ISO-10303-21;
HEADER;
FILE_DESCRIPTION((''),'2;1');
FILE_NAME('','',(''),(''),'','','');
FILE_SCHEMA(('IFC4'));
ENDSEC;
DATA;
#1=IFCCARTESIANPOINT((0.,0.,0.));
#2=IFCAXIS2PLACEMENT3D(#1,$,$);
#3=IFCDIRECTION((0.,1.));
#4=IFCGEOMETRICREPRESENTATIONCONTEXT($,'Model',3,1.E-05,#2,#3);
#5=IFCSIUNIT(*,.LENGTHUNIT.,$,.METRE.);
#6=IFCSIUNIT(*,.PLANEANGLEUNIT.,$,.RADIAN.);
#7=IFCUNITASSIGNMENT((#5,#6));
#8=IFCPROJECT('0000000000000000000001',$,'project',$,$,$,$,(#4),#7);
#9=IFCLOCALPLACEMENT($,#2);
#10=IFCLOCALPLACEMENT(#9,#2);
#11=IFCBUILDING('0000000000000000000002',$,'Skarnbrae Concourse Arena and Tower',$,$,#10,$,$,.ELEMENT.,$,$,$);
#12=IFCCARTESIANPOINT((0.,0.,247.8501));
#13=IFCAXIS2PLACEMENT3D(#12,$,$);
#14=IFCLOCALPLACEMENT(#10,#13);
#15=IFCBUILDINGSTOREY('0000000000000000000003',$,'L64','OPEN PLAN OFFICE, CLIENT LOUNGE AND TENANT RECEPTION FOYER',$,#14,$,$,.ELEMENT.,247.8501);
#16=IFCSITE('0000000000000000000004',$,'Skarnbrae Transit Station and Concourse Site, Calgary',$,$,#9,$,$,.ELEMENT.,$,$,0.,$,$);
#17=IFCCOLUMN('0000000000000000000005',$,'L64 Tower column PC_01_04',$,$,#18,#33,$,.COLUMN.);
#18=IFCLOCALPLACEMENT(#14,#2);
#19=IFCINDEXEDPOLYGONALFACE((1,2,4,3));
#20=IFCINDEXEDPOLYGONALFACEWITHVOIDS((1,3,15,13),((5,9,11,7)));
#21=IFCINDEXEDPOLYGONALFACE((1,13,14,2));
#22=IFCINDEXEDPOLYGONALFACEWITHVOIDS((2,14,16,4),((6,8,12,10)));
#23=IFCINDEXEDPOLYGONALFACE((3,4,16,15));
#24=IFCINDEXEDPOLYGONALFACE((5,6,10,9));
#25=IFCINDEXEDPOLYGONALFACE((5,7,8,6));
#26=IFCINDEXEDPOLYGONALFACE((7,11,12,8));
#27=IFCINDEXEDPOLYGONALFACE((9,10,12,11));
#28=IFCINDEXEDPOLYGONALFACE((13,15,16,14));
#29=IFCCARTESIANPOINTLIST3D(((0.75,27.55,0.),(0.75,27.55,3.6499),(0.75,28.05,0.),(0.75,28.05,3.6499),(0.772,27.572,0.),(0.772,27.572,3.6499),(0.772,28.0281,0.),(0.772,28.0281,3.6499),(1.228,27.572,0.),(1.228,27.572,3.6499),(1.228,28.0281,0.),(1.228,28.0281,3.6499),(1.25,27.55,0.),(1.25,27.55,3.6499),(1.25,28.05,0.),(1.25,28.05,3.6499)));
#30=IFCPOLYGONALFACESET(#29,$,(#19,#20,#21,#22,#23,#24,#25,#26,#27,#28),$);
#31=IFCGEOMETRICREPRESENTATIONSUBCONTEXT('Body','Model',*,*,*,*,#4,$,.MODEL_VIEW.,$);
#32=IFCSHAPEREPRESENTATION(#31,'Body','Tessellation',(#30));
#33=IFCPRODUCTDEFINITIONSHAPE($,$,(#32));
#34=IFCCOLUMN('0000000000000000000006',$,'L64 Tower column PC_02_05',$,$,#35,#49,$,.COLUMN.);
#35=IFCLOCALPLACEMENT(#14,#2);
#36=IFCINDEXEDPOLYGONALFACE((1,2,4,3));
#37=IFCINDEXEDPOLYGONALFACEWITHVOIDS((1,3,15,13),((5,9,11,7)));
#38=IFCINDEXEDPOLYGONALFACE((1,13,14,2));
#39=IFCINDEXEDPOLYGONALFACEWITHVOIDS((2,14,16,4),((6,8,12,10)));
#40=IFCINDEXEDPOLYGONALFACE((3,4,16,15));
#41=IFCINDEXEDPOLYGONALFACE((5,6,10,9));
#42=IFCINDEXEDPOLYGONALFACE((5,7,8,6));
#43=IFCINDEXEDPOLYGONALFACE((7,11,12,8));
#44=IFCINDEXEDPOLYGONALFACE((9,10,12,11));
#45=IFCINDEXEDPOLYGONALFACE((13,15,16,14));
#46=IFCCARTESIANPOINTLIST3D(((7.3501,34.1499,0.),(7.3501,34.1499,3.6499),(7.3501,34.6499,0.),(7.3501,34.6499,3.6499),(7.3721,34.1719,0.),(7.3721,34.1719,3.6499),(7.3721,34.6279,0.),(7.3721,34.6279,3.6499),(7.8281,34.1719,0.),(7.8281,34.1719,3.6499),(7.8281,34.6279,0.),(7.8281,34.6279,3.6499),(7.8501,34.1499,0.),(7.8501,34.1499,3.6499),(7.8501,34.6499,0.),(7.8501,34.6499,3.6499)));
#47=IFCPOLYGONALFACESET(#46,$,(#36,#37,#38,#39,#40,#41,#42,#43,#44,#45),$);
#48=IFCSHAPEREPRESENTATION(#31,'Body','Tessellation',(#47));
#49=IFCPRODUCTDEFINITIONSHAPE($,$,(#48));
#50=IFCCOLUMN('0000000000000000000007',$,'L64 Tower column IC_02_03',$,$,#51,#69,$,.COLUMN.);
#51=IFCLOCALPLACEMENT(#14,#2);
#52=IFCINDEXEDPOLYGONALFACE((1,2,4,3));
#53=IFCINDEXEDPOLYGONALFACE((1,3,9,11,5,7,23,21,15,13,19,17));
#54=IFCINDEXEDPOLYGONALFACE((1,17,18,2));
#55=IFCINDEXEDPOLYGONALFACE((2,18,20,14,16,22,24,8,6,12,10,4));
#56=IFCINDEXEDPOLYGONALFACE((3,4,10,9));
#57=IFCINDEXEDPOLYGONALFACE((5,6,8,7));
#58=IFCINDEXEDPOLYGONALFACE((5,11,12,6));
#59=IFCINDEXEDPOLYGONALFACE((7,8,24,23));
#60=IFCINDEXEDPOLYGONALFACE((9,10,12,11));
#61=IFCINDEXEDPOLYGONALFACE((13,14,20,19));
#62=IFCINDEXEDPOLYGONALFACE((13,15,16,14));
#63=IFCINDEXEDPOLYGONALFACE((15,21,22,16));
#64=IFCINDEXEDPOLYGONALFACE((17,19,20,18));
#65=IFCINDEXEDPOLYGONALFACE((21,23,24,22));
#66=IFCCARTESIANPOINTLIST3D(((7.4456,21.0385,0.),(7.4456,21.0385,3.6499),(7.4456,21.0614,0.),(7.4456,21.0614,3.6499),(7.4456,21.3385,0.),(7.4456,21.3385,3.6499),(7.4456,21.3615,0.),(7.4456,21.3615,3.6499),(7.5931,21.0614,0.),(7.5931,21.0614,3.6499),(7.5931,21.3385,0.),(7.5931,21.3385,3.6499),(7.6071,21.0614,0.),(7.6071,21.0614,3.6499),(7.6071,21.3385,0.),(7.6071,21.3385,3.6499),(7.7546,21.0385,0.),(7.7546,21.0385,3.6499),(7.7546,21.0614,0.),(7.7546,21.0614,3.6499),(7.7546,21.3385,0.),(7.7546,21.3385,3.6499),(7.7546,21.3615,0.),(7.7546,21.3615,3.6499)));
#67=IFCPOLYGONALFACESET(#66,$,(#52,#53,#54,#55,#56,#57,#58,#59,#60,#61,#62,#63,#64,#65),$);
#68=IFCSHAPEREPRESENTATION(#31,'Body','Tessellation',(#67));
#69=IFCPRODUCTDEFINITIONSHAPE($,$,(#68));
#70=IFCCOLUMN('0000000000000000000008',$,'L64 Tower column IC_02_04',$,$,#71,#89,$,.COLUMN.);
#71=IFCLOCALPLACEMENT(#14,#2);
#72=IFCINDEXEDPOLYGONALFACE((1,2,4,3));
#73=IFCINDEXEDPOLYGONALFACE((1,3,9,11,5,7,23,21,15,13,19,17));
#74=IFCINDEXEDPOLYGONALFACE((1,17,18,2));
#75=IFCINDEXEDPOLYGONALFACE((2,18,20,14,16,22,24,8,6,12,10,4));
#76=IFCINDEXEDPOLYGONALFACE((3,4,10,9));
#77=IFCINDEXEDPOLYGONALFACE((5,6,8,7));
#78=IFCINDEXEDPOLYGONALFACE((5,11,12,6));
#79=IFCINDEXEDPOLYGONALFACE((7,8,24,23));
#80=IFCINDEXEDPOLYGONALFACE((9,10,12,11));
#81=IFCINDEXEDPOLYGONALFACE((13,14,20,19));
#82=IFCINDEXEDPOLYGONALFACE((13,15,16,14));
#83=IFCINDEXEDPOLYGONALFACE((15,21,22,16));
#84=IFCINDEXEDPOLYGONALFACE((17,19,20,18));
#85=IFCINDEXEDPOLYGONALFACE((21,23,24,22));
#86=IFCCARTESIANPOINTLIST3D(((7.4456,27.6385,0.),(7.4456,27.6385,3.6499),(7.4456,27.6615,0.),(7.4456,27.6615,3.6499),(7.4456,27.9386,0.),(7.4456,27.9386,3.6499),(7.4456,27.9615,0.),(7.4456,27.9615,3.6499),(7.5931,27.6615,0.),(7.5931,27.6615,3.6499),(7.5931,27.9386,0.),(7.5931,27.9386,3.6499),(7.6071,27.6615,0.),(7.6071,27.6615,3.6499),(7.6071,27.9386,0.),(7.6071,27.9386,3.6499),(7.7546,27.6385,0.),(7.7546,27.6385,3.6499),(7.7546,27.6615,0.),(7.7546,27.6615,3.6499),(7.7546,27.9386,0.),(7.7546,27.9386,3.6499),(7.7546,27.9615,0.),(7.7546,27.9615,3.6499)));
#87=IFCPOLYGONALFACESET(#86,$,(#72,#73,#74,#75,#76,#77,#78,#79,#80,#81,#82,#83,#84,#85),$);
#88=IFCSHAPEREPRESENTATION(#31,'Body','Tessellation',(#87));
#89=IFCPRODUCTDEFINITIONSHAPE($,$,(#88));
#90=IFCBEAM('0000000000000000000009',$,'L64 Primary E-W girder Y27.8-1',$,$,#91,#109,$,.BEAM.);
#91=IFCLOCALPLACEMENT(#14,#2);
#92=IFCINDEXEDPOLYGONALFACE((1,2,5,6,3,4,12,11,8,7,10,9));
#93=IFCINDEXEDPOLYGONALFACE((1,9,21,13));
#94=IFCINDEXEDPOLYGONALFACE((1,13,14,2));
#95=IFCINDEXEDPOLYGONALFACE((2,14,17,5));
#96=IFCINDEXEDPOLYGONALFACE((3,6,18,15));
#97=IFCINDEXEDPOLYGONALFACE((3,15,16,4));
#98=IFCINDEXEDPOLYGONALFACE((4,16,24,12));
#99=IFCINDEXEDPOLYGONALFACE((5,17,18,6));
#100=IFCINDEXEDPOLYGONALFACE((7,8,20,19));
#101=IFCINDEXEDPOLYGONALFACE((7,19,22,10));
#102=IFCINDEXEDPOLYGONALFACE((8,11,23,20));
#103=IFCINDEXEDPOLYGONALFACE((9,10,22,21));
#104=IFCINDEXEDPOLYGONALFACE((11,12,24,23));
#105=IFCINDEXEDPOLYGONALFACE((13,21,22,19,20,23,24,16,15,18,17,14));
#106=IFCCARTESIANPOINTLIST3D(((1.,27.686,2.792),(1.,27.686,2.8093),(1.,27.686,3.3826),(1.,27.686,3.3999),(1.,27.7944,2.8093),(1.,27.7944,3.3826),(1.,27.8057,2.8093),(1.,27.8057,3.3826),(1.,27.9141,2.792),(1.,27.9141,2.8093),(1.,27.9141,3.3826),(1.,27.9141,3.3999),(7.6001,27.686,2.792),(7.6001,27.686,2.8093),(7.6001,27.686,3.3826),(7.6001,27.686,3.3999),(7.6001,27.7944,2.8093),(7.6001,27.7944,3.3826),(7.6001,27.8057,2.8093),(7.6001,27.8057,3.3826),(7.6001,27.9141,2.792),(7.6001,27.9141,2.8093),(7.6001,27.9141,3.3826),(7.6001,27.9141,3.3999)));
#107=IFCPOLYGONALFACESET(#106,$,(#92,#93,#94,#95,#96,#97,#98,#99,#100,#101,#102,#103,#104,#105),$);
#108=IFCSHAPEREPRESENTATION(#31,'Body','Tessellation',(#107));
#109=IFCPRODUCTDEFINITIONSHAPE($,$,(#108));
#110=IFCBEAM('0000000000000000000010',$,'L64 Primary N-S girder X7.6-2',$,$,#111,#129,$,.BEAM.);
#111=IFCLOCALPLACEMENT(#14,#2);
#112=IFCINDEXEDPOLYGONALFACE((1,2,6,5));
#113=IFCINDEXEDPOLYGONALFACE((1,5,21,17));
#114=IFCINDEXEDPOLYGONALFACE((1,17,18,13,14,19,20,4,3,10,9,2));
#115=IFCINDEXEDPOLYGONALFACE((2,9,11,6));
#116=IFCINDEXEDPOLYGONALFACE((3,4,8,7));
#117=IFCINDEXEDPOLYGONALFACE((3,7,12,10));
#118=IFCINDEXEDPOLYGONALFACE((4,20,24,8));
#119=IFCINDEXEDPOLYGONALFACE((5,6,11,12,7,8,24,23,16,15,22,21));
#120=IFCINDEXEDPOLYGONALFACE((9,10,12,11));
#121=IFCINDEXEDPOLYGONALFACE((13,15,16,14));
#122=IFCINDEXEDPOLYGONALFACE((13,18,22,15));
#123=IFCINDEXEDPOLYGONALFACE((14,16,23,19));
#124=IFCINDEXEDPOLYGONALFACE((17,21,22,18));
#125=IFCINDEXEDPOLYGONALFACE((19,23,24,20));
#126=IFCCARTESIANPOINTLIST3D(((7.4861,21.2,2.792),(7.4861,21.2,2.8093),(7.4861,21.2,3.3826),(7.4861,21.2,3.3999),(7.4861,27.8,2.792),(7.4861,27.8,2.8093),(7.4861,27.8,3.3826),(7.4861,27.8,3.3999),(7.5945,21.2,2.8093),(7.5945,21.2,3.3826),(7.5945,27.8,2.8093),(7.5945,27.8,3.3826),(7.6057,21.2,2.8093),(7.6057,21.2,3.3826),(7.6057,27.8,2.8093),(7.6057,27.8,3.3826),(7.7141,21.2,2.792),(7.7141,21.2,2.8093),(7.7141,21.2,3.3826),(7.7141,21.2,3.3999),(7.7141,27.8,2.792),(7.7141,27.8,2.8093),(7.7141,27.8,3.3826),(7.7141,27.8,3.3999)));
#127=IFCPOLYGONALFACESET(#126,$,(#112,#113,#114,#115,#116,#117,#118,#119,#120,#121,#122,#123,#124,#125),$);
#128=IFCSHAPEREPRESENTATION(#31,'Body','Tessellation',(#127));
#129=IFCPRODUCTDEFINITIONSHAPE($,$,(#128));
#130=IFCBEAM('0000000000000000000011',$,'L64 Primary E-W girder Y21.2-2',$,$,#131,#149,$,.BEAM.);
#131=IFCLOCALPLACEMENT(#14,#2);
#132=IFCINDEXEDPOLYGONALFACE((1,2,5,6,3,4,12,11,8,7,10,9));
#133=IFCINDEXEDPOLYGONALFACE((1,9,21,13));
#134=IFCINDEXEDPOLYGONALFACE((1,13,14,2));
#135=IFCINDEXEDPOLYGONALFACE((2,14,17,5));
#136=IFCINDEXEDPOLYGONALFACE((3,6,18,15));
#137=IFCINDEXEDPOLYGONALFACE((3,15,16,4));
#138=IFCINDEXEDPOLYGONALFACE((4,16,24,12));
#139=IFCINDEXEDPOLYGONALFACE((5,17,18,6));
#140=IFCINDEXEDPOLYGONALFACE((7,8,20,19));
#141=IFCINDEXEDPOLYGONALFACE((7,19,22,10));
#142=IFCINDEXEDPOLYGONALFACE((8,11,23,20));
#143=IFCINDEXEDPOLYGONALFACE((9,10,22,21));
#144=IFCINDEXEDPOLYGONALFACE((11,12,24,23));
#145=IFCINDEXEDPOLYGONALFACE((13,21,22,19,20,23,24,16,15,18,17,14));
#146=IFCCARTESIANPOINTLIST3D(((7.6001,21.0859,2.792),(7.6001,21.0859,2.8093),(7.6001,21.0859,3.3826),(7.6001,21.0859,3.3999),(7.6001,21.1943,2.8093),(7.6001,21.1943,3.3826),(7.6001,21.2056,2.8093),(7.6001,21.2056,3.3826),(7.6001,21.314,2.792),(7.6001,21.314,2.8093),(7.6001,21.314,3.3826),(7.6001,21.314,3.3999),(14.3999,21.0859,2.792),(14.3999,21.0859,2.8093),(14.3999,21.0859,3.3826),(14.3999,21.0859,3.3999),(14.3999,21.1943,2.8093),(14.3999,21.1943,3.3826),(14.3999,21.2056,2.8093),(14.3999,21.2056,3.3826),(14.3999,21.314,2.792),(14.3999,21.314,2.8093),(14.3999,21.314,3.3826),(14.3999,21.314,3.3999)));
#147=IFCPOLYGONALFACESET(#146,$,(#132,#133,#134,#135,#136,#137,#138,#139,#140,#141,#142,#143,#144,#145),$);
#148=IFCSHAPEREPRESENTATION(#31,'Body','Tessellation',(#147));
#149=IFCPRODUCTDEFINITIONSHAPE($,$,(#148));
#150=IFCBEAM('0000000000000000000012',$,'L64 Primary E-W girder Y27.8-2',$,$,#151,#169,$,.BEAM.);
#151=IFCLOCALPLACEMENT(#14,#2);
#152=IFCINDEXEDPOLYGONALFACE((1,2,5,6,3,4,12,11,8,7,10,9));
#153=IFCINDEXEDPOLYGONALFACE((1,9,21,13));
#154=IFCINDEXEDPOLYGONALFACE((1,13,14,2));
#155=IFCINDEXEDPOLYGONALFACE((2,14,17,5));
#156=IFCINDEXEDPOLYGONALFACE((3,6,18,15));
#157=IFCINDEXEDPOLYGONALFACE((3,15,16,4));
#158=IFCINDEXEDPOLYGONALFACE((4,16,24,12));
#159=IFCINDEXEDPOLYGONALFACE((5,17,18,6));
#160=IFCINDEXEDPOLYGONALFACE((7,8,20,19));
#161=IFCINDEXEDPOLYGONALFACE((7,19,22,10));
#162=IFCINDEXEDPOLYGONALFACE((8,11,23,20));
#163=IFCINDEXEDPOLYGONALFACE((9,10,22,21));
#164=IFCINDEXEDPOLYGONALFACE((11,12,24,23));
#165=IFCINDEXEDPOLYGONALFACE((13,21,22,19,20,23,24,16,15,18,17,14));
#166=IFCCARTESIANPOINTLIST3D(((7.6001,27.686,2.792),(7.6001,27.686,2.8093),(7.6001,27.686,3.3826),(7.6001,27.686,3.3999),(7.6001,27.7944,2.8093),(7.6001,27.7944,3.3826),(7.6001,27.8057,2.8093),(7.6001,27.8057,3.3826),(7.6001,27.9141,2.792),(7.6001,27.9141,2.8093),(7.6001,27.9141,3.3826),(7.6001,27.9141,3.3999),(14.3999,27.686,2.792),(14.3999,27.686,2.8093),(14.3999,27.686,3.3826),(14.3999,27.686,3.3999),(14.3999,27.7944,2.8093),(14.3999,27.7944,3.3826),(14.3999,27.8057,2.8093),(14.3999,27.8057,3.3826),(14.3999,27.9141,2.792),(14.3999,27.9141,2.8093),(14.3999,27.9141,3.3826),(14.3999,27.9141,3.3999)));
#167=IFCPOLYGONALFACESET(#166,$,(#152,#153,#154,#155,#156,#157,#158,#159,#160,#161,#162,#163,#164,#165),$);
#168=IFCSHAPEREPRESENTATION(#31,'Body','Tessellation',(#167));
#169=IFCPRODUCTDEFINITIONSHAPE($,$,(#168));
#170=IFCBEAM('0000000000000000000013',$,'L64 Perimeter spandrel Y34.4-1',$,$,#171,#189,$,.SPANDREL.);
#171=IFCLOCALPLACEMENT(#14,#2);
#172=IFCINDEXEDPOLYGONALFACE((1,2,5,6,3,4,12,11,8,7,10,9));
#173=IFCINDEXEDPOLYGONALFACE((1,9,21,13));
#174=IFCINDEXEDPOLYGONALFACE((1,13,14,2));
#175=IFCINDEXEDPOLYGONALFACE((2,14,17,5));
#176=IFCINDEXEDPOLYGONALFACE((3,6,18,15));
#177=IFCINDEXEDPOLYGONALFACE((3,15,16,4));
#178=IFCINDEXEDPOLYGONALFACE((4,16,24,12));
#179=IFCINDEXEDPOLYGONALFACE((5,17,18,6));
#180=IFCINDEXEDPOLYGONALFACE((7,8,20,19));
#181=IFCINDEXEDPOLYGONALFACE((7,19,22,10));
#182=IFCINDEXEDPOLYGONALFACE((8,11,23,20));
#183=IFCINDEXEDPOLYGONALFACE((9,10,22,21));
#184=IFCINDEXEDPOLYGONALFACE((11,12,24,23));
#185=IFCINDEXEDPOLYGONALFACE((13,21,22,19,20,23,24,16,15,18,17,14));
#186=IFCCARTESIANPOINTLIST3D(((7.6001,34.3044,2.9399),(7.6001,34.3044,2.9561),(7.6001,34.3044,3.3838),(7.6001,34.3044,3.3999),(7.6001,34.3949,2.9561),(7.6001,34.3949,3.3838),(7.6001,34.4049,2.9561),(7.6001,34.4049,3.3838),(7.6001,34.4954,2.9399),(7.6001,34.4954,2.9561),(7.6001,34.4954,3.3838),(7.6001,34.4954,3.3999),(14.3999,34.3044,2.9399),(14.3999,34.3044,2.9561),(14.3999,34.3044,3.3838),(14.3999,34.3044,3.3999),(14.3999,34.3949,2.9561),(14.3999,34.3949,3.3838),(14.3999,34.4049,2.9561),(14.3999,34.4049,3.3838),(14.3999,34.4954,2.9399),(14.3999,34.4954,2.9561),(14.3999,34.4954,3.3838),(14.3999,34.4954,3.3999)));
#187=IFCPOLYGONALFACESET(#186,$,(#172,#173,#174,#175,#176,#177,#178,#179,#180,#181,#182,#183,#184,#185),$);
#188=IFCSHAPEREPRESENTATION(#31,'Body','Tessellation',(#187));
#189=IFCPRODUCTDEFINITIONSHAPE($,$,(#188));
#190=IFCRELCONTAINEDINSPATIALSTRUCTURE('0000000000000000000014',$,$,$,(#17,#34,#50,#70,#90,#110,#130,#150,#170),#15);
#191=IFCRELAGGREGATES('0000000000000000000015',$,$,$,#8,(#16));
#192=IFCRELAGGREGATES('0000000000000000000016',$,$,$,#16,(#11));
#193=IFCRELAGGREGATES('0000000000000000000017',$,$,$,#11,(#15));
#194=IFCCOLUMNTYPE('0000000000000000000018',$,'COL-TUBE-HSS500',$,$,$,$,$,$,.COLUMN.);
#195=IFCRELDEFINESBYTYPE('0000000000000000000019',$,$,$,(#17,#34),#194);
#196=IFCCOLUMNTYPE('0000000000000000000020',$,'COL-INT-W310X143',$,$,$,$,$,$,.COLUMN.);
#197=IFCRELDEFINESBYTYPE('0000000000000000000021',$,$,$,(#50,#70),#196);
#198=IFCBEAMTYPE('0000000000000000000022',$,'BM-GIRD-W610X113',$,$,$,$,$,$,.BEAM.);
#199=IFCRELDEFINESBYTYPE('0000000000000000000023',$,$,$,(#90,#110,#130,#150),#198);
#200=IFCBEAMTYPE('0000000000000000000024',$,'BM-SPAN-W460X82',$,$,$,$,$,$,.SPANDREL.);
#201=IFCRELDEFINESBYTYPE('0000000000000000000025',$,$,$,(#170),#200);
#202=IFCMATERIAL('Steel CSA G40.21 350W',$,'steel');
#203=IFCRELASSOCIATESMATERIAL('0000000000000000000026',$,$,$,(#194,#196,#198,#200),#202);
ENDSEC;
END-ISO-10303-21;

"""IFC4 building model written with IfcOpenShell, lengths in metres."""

from ifc_helpers import new_model, si_unit, direction, frame, origin, origin_2d, place, context, subcontext, project, spatial, hollow_rectangle, i_section, extrude, source, transform, mapped, material, material_profile, profile_set, type_object, element, save


model = new_model("IFC4")

# Units and contexts
model_context = context("Model", 3, precision=1e-05, world=origin(), true_north=direction((0.0, 1.0)))
body_context = subcontext(model_context, "Body", "Model", "MODEL_VIEW")
ifc_project = project(units=[si_unit("LENGTHUNIT", "METRE"), si_unit("PLANEANGLEUNIT", "RADIAN")], contexts=[model_context])

# Site, building, storey
site_placement = place(None, origin())
site = spatial("IfcSite", under=ifc_project, at=site_placement, Name="Skarnbrae Transit Station and Concourse Site, Calgary", CompositionType="ELEMENT", RefElevation=0.0)
building_placement = place(site_placement, origin())
building = spatial("IfcBuilding", under=site, at=building_placement, Name="Skarnbrae Concourse Arena and Tower", CompositionType="ELEMENT")
storey_placement = place(building_placement, frame((0.0, 0.0, 247.8501)))
storey = spatial("IfcBuildingStorey", under=building, at=storey_placement, Name="L64", Description="OPEN PLAN OFFICE, CLIENT LOUNGE AND TENANT RECEPTION FOYER", CompositionType="ELEMENT", Elevation=247.8501)

# Columns
ifc_material_1 = material(Name="Steel CSA G40.21 350W", Category="steel")
ifc_material_profile_1 = material_profile(ifc_material_1, hollow_rectangle(XDim=0.5, YDim=0.5, WallThickness=0.022, at=origin_2d()), Name="HSS500X500X22.0")
ifc_profile_set_1 = profile_set([ifc_material_profile_1], Name="Steel CSA G40.21 350W")
column_type_1 = type_object("IfcColumnType", Name="COL-TUBE-HSS500", PredefinedType="COLUMN", material=ifc_profile_set_1)
shared_shape_1 = source(origin(), body_context, "Body", "SweptSolid", [
    extrude(hollow_rectangle(XDim=0.5, YDim=0.5, WallThickness=0.022, at=origin_2d()), origin(), (0.0, 0.0, 1.0), 3.6499),
])
for number, where, z_axis, x_axis, name in (
    (1, (1.0, 27.8, 0.0), (0.0, 0.0, 1.0), (1.0, 0.0, 0.0), "L64 Tower column PC_01_04"),
    (2, (7.6001, 34.3999, 0.0), (0.0, 0.0, 1.0), (1.0, 0.0, 0.0), "L64 Tower column PC_02_05"),
):
    element("IfcColumn", number, at=place(storey_placement, frame(where, z_axis=z_axis, x_axis=x_axis)), inside=storey, type_object=column_type_1, Name=name, PredefinedType="COLUMN", context=body_context, shape_type="MappedRepresentation", body=[
        mapped(shared_shape_1, transform((0.0, 0.0, 0.0))),
    ])
ifc_material_profile_2 = material_profile(ifc_material_1, i_section(OverallWidth=0.3091, OverallDepth=0.323, WebThickness=0.0139, FlangeThickness=0.0229, at=origin_2d()), Name="W310X143")
ifc_profile_set_2 = profile_set([ifc_material_profile_2], Name="Steel CSA G40.21 350W")
column_type_2 = type_object("IfcColumnType", Name="COL-INT-W310X143", PredefinedType="COLUMN", material=ifc_profile_set_2)
shared_shape_2 = source(origin(), body_context, "Body", "SweptSolid", [
    extrude(i_section(OverallWidth=0.3091, OverallDepth=0.323, WebThickness=0.0139, FlangeThickness=0.0229, at=origin_2d()), origin(), (0.0, 0.0, 1.0), 3.6499),
])
for number, where, z_axis, x_axis, name in (
    (3, (7.6001, 21.2, 0.0), (0.0, 0.0, 1.0), (1.0, 0.0, 0.0), "L64 Tower column IC_02_03"),
    (4, (7.6001, 27.8, 0.0), (0.0, 0.0, 1.0), (1.0, 0.0, 0.0), "L64 Tower column IC_02_04"),
):
    element("IfcColumn", number, at=place(storey_placement, frame(where, z_axis=z_axis, x_axis=x_axis)), inside=storey, type_object=column_type_2, Name=name, PredefinedType="COLUMN", context=body_context, shape_type="MappedRepresentation", body=[
        mapped(shared_shape_2, transform((0.0, 0.0, 0.0))),
    ])

# Beams
ifc_material_profile_3 = material_profile(ifc_material_1, i_section(OverallWidth=0.228, OverallDepth=0.6079, WebThickness=0.0112, FlangeThickness=0.0173, at=origin_2d()), Name="W610X113")
ifc_profile_set_3 = profile_set([ifc_material_profile_3], Name="Steel CSA G40.21 350W")
beam_type_1 = type_object("IfcBeamType", Name="BM-GIRD-W610X113", PredefinedType="BEAM", material=ifc_profile_set_3)
shared_shape_3 = source(origin(), body_context, "Body", "SweptSolid", [
    extrude(i_section(OverallWidth=0.228, OverallDepth=0.6079, WebThickness=0.0112, FlangeThickness=0.0173, at=origin_2d()), origin(), (0.0, 0.0, 1.0), 6.6001),
])
for number, where, z_axis, x_axis, name in (
    (5, (1.0, 27.8, 3.0959), (1.0, 0.0, 0.0), (0.0, 1.0, 0.0), "L64 Primary E-W girder Y27.8-1"),
    (6, (7.6001, 21.2, 3.0959), (0.0, 1.0, 0.0), (-1.0, 0.0, 0.0), "L64 Primary N-S girder X7.6-2"),
):
    element("IfcBeam", number, at=place(storey_placement, frame(where, z_axis=z_axis, x_axis=x_axis)), inside=storey, type_object=beam_type_1, Name=name, PredefinedType="BEAM", context=body_context, shape_type="MappedRepresentation", body=[
        mapped(shared_shape_3, transform((0.0, 0.0, 0.0))),
    ])
shared_shape_4 = source(origin(), body_context, "Body", "SweptSolid", [
    extrude(i_section(OverallWidth=0.228, OverallDepth=0.6079, WebThickness=0.0112, FlangeThickness=0.0173, at=origin_2d()), origin(), (0.0, 0.0, 1.0), 6.7998),
])
for number, where, z_axis, x_axis, name in (
    (7, (7.6001, 21.2, 3.0959), (1.0, 0.0, 0.0), (0.0, 1.0, 0.0), "L64 Primary E-W girder Y21.2-2"),
    (8, (7.6001, 27.8, 3.0959), (1.0, 0.0, 0.0), (0.0, 1.0, 0.0), "L64 Primary E-W girder Y27.8-2"),
):
    element("IfcBeam", number, at=place(storey_placement, frame(where, z_axis=z_axis, x_axis=x_axis)), inside=storey, type_object=beam_type_1, Name=name, PredefinedType="BEAM", context=body_context, shape_type="MappedRepresentation", body=[
        mapped(shared_shape_4, transform((0.0, 0.0, 0.0))),
    ])
ifc_material_profile_4 = material_profile(ifc_material_1, i_section(OverallWidth=0.1909, OverallDepth=0.46, WebThickness=0.01, FlangeThickness=0.0161, at=origin_2d()), Name="W460X82")
ifc_profile_set_4 = profile_set([ifc_material_profile_4], Name="Steel CSA G40.21 350W")
beam_type_2 = type_object("IfcBeamType", Name="BM-SPAN-W460X82", PredefinedType="SPANDREL", material=ifc_profile_set_4)
shared_shape_5 = source(origin(), body_context, "Body", "SweptSolid", [
    extrude(i_section(OverallWidth=0.1909, OverallDepth=0.46, WebThickness=0.01, FlangeThickness=0.0161, at=origin_2d()), origin(), (0.0, 0.0, 1.0), 6.7998),
])
beam_1_placement = place(storey_placement, frame((7.6001, 34.3999, 3.1699), z_axis=(1.0, 0.0, 0.0), x_axis=(0.0, 1.0, 0.0)))
element("IfcBeam", 9, at=beam_1_placement, inside=storey, type_object=beam_type_2, Name="L64 Perimeter spandrel Y34.4-1", PredefinedType="SPANDREL", context=body_context, shape_type="MappedRepresentation", body=[
    mapped(shared_shape_5, transform((0.0, 0.0, 0.0))),
])

save(model, "model.ifc")
